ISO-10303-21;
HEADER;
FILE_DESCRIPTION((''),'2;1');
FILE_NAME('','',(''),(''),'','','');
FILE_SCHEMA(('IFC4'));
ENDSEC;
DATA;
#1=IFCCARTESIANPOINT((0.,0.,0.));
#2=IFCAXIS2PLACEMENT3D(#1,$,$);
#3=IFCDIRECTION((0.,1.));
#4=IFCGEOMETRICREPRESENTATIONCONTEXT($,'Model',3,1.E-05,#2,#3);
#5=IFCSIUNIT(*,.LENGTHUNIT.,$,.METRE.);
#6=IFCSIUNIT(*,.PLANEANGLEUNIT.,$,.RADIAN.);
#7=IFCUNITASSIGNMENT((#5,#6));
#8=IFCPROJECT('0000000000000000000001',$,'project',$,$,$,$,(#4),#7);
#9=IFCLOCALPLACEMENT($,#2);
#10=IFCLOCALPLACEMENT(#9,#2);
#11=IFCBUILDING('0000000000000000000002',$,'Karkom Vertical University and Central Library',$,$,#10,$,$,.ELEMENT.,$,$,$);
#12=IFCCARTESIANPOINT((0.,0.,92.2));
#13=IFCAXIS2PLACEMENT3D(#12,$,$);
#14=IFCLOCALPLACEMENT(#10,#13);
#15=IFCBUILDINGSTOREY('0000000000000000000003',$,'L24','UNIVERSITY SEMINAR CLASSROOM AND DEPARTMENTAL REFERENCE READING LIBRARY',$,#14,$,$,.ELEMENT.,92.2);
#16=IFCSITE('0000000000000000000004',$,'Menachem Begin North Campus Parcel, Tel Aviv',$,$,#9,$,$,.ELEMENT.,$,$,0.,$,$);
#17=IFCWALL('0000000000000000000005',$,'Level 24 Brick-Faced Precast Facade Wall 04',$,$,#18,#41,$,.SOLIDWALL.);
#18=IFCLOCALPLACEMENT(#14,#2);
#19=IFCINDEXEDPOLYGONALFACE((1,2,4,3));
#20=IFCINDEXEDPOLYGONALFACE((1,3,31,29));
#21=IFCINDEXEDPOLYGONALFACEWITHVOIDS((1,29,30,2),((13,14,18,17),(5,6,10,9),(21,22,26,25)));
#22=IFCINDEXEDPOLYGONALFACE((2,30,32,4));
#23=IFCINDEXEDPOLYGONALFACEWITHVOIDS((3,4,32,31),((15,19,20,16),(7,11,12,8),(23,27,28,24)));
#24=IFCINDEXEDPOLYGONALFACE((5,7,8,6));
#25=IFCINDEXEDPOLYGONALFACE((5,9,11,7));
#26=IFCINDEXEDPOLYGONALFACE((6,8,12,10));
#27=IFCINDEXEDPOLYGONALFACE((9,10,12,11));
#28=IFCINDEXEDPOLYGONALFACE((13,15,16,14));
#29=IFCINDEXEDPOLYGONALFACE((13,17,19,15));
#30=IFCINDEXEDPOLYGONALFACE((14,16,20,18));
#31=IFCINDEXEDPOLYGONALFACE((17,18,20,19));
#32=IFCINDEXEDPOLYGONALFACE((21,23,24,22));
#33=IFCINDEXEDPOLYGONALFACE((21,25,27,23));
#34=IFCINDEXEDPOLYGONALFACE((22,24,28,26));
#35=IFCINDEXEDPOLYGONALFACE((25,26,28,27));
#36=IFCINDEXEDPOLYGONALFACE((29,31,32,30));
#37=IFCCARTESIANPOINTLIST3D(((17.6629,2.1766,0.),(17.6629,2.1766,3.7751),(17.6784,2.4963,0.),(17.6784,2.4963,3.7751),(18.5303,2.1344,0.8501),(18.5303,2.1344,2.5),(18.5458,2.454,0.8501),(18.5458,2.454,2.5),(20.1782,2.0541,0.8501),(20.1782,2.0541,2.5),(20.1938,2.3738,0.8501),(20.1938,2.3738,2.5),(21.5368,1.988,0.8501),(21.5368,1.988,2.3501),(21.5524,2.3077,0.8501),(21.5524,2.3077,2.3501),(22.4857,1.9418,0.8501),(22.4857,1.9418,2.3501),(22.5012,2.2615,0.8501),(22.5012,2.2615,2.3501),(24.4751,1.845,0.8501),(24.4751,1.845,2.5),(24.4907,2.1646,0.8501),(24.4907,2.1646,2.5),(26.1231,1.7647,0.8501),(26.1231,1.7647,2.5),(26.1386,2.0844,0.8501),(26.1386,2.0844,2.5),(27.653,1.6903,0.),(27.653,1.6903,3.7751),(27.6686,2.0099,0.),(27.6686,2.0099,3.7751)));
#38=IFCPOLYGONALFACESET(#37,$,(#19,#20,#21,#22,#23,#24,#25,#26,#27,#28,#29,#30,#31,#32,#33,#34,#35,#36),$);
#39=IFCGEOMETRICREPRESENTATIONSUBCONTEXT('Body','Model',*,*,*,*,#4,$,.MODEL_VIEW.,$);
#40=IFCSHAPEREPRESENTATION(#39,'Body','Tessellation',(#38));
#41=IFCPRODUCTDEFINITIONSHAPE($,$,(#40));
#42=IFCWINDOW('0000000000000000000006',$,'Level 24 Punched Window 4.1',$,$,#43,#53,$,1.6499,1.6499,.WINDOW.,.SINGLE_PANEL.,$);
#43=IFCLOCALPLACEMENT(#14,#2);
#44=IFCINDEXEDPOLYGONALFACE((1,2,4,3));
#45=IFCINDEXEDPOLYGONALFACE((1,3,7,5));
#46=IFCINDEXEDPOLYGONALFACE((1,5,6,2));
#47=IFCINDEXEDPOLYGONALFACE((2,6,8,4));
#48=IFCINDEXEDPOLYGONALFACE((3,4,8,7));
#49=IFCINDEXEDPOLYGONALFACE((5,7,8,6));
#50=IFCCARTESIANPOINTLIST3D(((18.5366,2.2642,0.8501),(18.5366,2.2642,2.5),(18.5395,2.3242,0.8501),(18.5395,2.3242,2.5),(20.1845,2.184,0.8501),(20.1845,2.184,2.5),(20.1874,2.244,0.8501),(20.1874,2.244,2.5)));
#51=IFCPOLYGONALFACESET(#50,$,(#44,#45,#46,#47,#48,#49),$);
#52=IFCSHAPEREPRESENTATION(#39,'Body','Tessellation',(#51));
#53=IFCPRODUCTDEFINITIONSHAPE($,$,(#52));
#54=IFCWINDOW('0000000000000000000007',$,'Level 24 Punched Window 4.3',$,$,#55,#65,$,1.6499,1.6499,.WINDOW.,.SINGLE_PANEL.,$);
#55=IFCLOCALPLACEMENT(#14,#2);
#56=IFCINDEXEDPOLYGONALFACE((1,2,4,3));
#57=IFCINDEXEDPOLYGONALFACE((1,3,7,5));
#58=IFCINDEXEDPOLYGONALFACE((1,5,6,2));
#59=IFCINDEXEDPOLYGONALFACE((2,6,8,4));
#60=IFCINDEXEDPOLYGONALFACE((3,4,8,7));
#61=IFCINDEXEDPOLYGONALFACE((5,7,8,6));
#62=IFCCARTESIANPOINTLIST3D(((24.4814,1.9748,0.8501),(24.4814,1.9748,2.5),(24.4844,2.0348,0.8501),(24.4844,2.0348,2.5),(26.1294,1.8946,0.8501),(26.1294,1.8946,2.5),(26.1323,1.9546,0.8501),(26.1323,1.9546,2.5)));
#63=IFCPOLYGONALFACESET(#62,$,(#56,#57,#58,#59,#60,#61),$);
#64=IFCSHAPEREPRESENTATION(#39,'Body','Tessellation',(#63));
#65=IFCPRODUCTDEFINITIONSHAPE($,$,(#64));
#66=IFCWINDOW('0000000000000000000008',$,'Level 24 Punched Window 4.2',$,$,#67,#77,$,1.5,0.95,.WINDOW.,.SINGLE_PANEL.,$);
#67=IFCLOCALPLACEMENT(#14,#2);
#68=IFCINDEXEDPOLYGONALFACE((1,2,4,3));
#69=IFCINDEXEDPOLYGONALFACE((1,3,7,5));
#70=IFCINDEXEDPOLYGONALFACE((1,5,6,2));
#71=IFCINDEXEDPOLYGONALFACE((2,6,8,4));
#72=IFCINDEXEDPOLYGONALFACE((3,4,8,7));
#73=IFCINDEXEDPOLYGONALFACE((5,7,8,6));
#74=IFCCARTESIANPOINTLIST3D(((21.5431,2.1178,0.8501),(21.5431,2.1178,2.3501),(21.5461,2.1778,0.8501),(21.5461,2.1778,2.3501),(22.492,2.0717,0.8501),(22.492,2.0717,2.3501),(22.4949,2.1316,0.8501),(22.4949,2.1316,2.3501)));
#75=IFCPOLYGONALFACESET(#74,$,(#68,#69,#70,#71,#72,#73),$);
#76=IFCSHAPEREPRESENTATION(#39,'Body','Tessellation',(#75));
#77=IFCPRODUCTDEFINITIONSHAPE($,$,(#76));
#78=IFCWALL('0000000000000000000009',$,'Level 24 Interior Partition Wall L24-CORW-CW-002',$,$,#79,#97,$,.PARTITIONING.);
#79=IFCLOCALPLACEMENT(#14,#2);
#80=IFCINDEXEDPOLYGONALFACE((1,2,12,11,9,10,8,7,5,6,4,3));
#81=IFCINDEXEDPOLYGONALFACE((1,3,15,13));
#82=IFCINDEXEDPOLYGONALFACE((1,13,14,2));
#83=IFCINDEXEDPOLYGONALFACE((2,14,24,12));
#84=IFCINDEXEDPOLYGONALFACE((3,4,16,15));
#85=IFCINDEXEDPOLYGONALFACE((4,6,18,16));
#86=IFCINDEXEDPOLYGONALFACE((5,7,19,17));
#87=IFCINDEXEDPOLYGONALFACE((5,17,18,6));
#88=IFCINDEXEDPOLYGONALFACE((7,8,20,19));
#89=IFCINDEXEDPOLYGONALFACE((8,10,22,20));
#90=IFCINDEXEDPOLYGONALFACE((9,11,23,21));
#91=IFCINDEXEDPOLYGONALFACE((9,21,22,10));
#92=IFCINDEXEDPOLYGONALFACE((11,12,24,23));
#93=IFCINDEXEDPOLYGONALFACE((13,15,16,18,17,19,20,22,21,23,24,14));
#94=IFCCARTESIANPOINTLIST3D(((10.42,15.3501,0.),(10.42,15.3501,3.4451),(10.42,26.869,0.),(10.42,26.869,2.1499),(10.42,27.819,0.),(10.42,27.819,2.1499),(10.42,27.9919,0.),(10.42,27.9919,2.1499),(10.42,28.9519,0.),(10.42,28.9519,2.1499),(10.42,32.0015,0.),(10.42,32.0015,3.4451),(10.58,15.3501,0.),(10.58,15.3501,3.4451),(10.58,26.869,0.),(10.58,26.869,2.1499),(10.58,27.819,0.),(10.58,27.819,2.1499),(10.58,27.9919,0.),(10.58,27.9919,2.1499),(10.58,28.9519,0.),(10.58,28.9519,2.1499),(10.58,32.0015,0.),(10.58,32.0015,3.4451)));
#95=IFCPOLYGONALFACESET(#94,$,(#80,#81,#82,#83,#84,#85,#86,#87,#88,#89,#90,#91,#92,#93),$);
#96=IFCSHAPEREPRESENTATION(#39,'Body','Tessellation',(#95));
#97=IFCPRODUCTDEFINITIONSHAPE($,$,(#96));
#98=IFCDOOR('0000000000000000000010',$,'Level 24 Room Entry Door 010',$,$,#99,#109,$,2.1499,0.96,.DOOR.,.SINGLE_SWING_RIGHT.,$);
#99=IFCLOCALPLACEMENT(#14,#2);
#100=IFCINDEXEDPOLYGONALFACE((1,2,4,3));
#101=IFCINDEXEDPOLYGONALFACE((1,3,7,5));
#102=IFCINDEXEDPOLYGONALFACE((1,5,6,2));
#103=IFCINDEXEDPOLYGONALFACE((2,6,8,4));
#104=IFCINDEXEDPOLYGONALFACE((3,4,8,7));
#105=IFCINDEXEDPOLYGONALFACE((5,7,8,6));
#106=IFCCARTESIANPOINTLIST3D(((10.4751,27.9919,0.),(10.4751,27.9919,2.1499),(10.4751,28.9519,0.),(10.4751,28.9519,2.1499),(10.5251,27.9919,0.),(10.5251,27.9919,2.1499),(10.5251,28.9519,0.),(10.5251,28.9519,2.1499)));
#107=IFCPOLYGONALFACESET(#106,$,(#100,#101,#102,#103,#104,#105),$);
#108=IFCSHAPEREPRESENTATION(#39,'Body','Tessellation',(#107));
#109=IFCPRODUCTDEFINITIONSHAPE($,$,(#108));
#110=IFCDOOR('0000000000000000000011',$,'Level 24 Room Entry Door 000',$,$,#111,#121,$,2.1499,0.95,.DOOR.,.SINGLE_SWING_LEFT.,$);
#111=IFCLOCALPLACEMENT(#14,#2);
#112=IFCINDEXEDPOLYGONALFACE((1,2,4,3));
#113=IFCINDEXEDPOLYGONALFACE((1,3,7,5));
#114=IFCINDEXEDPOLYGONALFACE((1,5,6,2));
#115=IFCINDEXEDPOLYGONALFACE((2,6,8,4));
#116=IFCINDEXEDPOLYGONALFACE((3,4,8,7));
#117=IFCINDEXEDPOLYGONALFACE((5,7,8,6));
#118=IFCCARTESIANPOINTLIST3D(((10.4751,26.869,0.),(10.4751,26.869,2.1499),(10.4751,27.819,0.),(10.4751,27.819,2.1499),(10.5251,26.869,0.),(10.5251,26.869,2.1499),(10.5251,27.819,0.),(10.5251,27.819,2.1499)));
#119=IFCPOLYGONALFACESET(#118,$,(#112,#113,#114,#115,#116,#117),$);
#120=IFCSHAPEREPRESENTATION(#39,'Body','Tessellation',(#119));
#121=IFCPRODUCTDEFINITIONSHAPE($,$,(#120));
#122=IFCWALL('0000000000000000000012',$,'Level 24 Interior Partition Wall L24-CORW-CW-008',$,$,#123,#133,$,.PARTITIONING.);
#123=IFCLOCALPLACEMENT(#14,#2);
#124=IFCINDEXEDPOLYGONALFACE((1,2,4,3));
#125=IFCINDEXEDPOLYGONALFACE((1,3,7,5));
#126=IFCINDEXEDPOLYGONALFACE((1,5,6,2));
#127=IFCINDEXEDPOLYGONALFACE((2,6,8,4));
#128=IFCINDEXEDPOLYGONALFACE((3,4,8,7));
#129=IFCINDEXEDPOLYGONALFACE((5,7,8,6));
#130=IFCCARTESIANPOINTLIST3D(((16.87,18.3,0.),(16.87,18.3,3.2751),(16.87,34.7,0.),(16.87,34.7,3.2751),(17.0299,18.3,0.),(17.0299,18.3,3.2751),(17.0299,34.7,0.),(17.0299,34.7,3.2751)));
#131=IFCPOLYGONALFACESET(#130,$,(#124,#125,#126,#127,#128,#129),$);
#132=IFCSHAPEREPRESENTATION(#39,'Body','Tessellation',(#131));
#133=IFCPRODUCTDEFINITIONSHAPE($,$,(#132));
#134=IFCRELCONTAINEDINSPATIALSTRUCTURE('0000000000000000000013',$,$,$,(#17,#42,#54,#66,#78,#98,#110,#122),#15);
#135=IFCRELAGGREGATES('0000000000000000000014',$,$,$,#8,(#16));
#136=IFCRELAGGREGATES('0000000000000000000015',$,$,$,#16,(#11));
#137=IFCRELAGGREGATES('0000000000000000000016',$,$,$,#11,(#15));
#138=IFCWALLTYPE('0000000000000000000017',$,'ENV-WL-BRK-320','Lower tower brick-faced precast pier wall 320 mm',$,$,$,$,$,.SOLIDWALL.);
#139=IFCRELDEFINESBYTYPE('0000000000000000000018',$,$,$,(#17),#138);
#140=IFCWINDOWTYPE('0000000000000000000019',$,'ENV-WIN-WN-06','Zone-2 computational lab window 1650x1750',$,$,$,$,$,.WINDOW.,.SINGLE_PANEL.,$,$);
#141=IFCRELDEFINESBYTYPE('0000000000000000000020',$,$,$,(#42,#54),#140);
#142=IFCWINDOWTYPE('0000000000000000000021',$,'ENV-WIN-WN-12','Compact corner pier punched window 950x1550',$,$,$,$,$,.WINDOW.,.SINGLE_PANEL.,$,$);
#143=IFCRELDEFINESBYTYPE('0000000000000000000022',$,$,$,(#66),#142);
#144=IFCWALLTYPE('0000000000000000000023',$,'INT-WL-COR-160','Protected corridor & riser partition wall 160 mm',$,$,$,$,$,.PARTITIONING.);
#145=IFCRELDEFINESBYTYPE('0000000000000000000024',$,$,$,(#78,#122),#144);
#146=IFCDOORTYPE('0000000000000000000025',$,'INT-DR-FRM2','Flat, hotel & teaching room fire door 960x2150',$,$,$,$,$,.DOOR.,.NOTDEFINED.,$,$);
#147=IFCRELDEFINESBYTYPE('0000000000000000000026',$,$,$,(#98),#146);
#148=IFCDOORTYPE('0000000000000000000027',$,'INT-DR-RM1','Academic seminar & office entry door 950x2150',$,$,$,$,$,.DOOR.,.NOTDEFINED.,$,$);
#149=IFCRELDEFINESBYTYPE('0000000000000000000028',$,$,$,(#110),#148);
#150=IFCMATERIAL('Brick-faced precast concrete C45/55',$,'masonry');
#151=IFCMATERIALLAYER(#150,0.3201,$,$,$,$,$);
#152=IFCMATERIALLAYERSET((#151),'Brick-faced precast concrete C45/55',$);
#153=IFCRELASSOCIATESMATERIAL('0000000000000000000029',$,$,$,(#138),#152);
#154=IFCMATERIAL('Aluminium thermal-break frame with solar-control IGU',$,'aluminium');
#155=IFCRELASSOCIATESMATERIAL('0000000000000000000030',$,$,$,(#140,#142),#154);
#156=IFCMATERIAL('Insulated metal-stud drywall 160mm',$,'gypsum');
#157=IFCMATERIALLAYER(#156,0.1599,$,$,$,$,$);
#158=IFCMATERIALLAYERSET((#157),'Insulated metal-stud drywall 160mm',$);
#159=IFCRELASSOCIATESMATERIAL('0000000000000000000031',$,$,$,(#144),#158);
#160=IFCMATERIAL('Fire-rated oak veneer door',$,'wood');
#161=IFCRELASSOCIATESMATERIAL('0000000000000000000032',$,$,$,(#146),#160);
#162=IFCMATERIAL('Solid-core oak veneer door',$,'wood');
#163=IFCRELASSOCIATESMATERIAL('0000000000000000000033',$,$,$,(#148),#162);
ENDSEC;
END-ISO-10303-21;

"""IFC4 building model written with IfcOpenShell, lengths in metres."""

from ifc_helpers import new_model, si_unit, direction, frame, frame_2d, origin, origin_with_axes, place, context, subcontext, project, spatial, rectangle, extrude, source, transform, mapped, material, layer, layer_set, type_object, element, fill, save


model = new_model("IFC4")

# Units and contexts
model_context = context("Model", 3, precision=1e-05, world=origin(), true_north=direction((0.0, 1.0)))
body_context = subcontext(model_context, "Body", "Model", "MODEL_VIEW")
ifc_project = project(units=[si_unit("LENGTHUNIT", "METRE"), si_unit("PLANEANGLEUNIT", "RADIAN")], contexts=[model_context])

# Site, building, storey
site_placement = place(None, origin())
site = spatial("IfcSite", under=ifc_project, at=site_placement, Name="Menachem Begin North Campus Parcel, Tel Aviv", CompositionType="ELEMENT", RefElevation=0.0)
building_placement = place(site_placement, origin())
building = spatial("IfcBuilding", under=site, at=building_placement, Name="Karkom Vertical University and Central Library", CompositionType="ELEMENT")
storey_placement = place(building_placement, frame((0.0, 0.0, 92.2)))
storey = spatial("IfcBuildingStorey", under=building, at=storey_placement, Name="L24", Description="UNIVERSITY SEMINAR CLASSROOM AND DEPARTMENTAL REFERENCE READING LIBRARY", CompositionType="ELEMENT", Elevation=92.2)

# Wall, openings, windows
ifc_material_1 = material(Name="Brick-faced precast concrete C45/55", Category="masonry")
ifc_layer_1 = layer(ifc_material_1, 0.3201)
ifc_layer_set_1 = layer_set([ifc_layer_1], Name="Brick-faced precast concrete C45/55")
wall_type_1 = type_object("IfcWallType", Name="ENV-WL-BRK-320", Description="Lower tower brick-faced precast pier wall 320 mm", PredefinedType="SOLIDWALL", material=ifc_layer_set_1)
wall_1_placement = place(storey_placement, frame((17.6707, 2.3364, 0.0), z_axis=(0.0, 0.0, 1.0), x_axis=(0.998817, -0.048623, 0.0)))
wall_1 = element("IfcWall", 1, at=wall_1_placement, inside=storey, type_object=wall_type_1, Name="Level 24 Brick-Faced Precast Facade Wall 04", PredefinedType="SOLIDWALL", context=body_context, shape_type="SweptSolid", body=[
    extrude(rectangle(XDim=10.002, YDim=0.3201, at=frame_2d((5.001, 0.0))), origin(), (0.0, 0.0, 1.0), 3.7751),
])
opening_1_placement = place(wall_1_placement, frame((0.8684, 0.0, 0.8501)))
opening_1 = element("IfcOpeningElement", 2, at=opening_1_placement, cuts=wall_1, PredefinedType="OPENING", context=body_context, shape_type="SweptSolid", body=[
    extrude(rectangle(XDim=1.6499, YDim=1.6499, at=frame_2d((0.825, 0.825))), frame((0.0, 0.1699, 0.0), z_axis=(0.0, -1.0, 0.0), x_axis=(1.0, 0.0, 0.0)), (0.0, 0.0, 1.0), 0.3401),
])
opening_2_placement = place(wall_1_placement, frame((3.8784, 0.0, 0.8501)))
opening_2 = element("IfcOpeningElement", 3, at=opening_2_placement, cuts=wall_1, PredefinedType="OPENING", context=body_context, shape_type="SweptSolid", body=[
    extrude(rectangle(XDim=0.95, YDim=1.5, at=frame_2d((0.4751, 0.75))), frame((0.0, 0.1699, 0.0), z_axis=(0.0, -1.0, 0.0), x_axis=(1.0, 0.0, 0.0)), (0.0, 0.0, 1.0), 0.3401),
])
opening_3_placement = place(wall_1_placement, frame((6.8203, 0.0, 0.8501)))
opening_3 = element("IfcOpeningElement", 4, at=opening_3_placement, cuts=wall_1, PredefinedType="OPENING", context=body_context, shape_type="SweptSolid", body=[
    extrude(rectangle(XDim=1.6499, YDim=1.6499, at=frame_2d((0.825, 0.825))), frame((0.0, 0.1699, 0.0), z_axis=(0.0, -1.0, 0.0), x_axis=(1.0, 0.0, 0.0)), (0.0, 0.0, 1.0), 0.3401),
])
ifc_material_2 = material(Name="Aluminium thermal-break frame with solar-control IGU", Category="aluminium")
window_type_1 = type_object("IfcWindowType", Name="ENV-WIN-WN-06", Description="Zone-2 computational lab window 1650x1750", PartitioningType="SINGLE_PANEL", PredefinedType="WINDOW", material=ifc_material_2)
shared_shape_1 = source(origin_with_axes(), body_context, "Body", "SweptSolid", [
    extrude(rectangle(XDim=1.6499, YDim=1.6499, at=frame_2d((0.825, 0.825))), frame((0.0, 0.03, 0.0), z_axis=(0.0, -1.0, 0.0), x_axis=(1.0, 0.0, 0.0)), (0.0, 0.0, 1.0), 0.0601),
])
window_1_placement = place(opening_1_placement, origin())
window_1 = element("IfcWindow", 5, at=window_1_placement, inside=storey, type_object=window_type_1, Name="Level 24 Punched Window 4.1", OverallHeight=1.6499, OverallWidth=1.6499, PartitioningType="SINGLE_PANEL", PredefinedType="WINDOW", context=body_context, shape_type="MappedRepresentation", body=[
    mapped(shared_shape_1, transform((0.0, 0.0, 0.0), scale=1.0)),
])
fill(opening_1, window_1)
window_2_placement = place(opening_3_placement, origin())
window_2 = element("IfcWindow", 6, at=window_2_placement, inside=storey, type_object=window_type_1, Name="Level 24 Punched Window 4.3", OverallHeight=1.6499, OverallWidth=1.6499, PartitioningType="SINGLE_PANEL", PredefinedType="WINDOW", context=body_context, shape_type="MappedRepresentation", body=[
    mapped(shared_shape_1, transform((0.0, 0.0, 0.0), scale=1.0)),
])
fill(opening_3, window_2)
window_type_2 = type_object("IfcWindowType", Name="ENV-WIN-WN-12", Description="Compact corner pier punched window 950x1550", PartitioningType="SINGLE_PANEL", PredefinedType="WINDOW", material=ifc_material_2)
shared_shape_2 = source(origin_with_axes(), body_context, "Body", "SweptSolid", [
    extrude(rectangle(XDim=0.95, YDim=1.5, at=frame_2d((0.4751, 0.75))), frame((0.0, 0.03, 0.0), z_axis=(0.0, -1.0, 0.0), x_axis=(1.0, 0.0, 0.0)), (0.0, 0.0, 1.0), 0.0601),
])
window_3_placement = place(opening_2_placement, origin())
window_3 = element("IfcWindow", 7, at=window_3_placement, inside=storey, type_object=window_type_2, Name="Level 24 Punched Window 4.2", OverallHeight=1.5, OverallWidth=0.95, PartitioningType="SINGLE_PANEL", PredefinedType="WINDOW", context=body_context, shape_type="MappedRepresentation", body=[
    mapped(shared_shape_2, transform((0.0, 0.0, 0.0), scale=1.0)),
])
fill(opening_2, window_3)

# Wall, openings, doors
ifc_material_3 = material(Name="Insulated metal-stud drywall 160mm", Category="gypsum")
ifc_layer_2 = layer(ifc_material_3, 0.1599)
ifc_layer_set_2 = layer_set([ifc_layer_2], Name="Insulated metal-stud drywall 160mm")
wall_type_2 = type_object("IfcWallType", Name="INT-WL-COR-160", Description="Protected corridor & riser partition wall 160 mm", PredefinedType="PARTITIONING", material=ifc_layer_set_2)
wall_2_placement = place(storey_placement, frame((10.5, 15.3501, 0.0), z_axis=(0.0, 0.0, 1.0), x_axis=(0.0, 1.0, 0.0)))
wall_2 = element("IfcWall", 8, at=wall_2_placement, inside=storey, type_object=wall_type_2, Name="Level 24 Interior Partition Wall L24-CORW-CW-002", PredefinedType="PARTITIONING", context=body_context, shape_type="SweptSolid", body=[
    extrude(rectangle(XDim=16.6514, YDim=0.1599, at=frame_2d((8.3257, 0.0))), origin(), (0.0, 0.0, 1.0), 3.4451),
])
opening_4_placement = place(wall_2_placement, frame((11.5188, 0.0, 0.0)))
opening_4 = element("IfcOpeningElement", 9, at=opening_4_placement, cuts=wall_2, PredefinedType="OPENING", context=body_context, shape_type="SweptSolid", body=[
    extrude(rectangle(XDim=0.95, YDim=2.1499, at=frame_2d((0.4751, 1.075))), frame((0.0, 0.0898, 0.0), z_axis=(0.0, -1.0, 0.0), x_axis=(1.0, 0.0, 0.0)), (0.0, 0.0, 1.0), 0.1799),
])
opening_5_placement = place(wall_2_placement, frame((12.6418, 0.0, 0.0)))
opening_5 = element("IfcOpeningElement", 10, at=opening_5_placement, cuts=wall_2, PredefinedType="OPENING", context=body_context, shape_type="SweptSolid", body=[
    extrude(rectangle(XDim=0.96, YDim=2.1499, at=frame_2d((0.48, 1.075))), frame((0.0, 0.0898, 0.0), z_axis=(0.0, -1.0, 0.0), x_axis=(1.0, 0.0, 0.0)), (0.0, 0.0, 1.0), 0.1799),
])
ifc_material_4 = material(Name="Fire-rated oak veneer door", Category="wood")
door_type_1 = type_object("IfcDoorType", Name="INT-DR-FRM2", Description="Flat, hotel & teaching room fire door 960x2150", OperationType="NOTDEFINED", PredefinedType="DOOR", material=ifc_material_4)
shared_shape_3 = source(origin_with_axes(), body_context, "Body", "SweptSolid", [
    extrude(rectangle(XDim=0.96, YDim=2.1499, at=frame_2d((0.48, 1.075))), frame((0.0, 0.0249, 0.0), z_axis=(0.0, -1.0, 0.0), x_axis=(1.0, 0.0, 0.0)), (0.0, 0.0, 1.0), 0.05),
])
door_1_placement = place(opening_5_placement, origin())
door_1 = element("IfcDoor", 11, at=door_1_placement, inside=storey, type_object=door_type_1, Name="Level 24 Room Entry Door 010", OperationType="SINGLE_SWING_RIGHT", OverallHeight=2.1499, OverallWidth=0.96, PredefinedType="DOOR", context=body_context, shape_type="MappedRepresentation", body=[
    mapped(shared_shape_3, transform((0.0, 0.0, 0.0), scale=1.0)),
])
fill(opening_5, door_1)
ifc_material_5 = material(Name="Solid-core oak veneer door", Category="wood")
door_type_2 = type_object("IfcDoorType", Name="INT-DR-RM1", Description="Academic seminar & office entry door 950x2150", OperationType="NOTDEFINED", PredefinedType="DOOR", material=ifc_material_5)
shared_shape_4 = source(origin_with_axes(), body_context, "Body", "SweptSolid", [
    extrude(rectangle(XDim=0.95, YDim=2.1499, at=frame_2d((0.4751, 1.075))), frame((0.0, 0.0249, 0.0), z_axis=(0.0, -1.0, 0.0), x_axis=(1.0, 0.0, 0.0)), (0.0, 0.0, 1.0), 0.05),
])
door_2_placement = place(opening_4_placement, origin())
door_2 = element("IfcDoor", 12, at=door_2_placement, inside=storey, type_object=door_type_2, Name="Level 24 Room Entry Door 000", OperationType="SINGLE_SWING_LEFT", OverallHeight=2.1499, OverallWidth=0.95, PredefinedType="DOOR", context=body_context, shape_type="MappedRepresentation", body=[
    mapped(shared_shape_4, transform((0.0, 0.0, 0.0), scale=1.0)),
])
fill(opening_4, door_2)

# Wall
wall_3_placement = place(storey_placement, frame((16.95, 18.3, 0.0), z_axis=(0.0, 0.0, 1.0), x_axis=(0.0, 1.0, 0.0)))
element("IfcWall", 13, at=wall_3_placement, inside=storey, type_object=wall_type_2, Name="Level 24 Interior Partition Wall L24-CORW-CW-008", PredefinedType="PARTITIONING", context=body_context, shape_type="SweptSolid", body=[
    extrude(rectangle(XDim=16.3999, YDim=0.1599, at=frame_2d((8.2, 0.0))), origin(), (0.0, 0.0, 1.0), 3.2751),
])

save(model, "model.ifc")
